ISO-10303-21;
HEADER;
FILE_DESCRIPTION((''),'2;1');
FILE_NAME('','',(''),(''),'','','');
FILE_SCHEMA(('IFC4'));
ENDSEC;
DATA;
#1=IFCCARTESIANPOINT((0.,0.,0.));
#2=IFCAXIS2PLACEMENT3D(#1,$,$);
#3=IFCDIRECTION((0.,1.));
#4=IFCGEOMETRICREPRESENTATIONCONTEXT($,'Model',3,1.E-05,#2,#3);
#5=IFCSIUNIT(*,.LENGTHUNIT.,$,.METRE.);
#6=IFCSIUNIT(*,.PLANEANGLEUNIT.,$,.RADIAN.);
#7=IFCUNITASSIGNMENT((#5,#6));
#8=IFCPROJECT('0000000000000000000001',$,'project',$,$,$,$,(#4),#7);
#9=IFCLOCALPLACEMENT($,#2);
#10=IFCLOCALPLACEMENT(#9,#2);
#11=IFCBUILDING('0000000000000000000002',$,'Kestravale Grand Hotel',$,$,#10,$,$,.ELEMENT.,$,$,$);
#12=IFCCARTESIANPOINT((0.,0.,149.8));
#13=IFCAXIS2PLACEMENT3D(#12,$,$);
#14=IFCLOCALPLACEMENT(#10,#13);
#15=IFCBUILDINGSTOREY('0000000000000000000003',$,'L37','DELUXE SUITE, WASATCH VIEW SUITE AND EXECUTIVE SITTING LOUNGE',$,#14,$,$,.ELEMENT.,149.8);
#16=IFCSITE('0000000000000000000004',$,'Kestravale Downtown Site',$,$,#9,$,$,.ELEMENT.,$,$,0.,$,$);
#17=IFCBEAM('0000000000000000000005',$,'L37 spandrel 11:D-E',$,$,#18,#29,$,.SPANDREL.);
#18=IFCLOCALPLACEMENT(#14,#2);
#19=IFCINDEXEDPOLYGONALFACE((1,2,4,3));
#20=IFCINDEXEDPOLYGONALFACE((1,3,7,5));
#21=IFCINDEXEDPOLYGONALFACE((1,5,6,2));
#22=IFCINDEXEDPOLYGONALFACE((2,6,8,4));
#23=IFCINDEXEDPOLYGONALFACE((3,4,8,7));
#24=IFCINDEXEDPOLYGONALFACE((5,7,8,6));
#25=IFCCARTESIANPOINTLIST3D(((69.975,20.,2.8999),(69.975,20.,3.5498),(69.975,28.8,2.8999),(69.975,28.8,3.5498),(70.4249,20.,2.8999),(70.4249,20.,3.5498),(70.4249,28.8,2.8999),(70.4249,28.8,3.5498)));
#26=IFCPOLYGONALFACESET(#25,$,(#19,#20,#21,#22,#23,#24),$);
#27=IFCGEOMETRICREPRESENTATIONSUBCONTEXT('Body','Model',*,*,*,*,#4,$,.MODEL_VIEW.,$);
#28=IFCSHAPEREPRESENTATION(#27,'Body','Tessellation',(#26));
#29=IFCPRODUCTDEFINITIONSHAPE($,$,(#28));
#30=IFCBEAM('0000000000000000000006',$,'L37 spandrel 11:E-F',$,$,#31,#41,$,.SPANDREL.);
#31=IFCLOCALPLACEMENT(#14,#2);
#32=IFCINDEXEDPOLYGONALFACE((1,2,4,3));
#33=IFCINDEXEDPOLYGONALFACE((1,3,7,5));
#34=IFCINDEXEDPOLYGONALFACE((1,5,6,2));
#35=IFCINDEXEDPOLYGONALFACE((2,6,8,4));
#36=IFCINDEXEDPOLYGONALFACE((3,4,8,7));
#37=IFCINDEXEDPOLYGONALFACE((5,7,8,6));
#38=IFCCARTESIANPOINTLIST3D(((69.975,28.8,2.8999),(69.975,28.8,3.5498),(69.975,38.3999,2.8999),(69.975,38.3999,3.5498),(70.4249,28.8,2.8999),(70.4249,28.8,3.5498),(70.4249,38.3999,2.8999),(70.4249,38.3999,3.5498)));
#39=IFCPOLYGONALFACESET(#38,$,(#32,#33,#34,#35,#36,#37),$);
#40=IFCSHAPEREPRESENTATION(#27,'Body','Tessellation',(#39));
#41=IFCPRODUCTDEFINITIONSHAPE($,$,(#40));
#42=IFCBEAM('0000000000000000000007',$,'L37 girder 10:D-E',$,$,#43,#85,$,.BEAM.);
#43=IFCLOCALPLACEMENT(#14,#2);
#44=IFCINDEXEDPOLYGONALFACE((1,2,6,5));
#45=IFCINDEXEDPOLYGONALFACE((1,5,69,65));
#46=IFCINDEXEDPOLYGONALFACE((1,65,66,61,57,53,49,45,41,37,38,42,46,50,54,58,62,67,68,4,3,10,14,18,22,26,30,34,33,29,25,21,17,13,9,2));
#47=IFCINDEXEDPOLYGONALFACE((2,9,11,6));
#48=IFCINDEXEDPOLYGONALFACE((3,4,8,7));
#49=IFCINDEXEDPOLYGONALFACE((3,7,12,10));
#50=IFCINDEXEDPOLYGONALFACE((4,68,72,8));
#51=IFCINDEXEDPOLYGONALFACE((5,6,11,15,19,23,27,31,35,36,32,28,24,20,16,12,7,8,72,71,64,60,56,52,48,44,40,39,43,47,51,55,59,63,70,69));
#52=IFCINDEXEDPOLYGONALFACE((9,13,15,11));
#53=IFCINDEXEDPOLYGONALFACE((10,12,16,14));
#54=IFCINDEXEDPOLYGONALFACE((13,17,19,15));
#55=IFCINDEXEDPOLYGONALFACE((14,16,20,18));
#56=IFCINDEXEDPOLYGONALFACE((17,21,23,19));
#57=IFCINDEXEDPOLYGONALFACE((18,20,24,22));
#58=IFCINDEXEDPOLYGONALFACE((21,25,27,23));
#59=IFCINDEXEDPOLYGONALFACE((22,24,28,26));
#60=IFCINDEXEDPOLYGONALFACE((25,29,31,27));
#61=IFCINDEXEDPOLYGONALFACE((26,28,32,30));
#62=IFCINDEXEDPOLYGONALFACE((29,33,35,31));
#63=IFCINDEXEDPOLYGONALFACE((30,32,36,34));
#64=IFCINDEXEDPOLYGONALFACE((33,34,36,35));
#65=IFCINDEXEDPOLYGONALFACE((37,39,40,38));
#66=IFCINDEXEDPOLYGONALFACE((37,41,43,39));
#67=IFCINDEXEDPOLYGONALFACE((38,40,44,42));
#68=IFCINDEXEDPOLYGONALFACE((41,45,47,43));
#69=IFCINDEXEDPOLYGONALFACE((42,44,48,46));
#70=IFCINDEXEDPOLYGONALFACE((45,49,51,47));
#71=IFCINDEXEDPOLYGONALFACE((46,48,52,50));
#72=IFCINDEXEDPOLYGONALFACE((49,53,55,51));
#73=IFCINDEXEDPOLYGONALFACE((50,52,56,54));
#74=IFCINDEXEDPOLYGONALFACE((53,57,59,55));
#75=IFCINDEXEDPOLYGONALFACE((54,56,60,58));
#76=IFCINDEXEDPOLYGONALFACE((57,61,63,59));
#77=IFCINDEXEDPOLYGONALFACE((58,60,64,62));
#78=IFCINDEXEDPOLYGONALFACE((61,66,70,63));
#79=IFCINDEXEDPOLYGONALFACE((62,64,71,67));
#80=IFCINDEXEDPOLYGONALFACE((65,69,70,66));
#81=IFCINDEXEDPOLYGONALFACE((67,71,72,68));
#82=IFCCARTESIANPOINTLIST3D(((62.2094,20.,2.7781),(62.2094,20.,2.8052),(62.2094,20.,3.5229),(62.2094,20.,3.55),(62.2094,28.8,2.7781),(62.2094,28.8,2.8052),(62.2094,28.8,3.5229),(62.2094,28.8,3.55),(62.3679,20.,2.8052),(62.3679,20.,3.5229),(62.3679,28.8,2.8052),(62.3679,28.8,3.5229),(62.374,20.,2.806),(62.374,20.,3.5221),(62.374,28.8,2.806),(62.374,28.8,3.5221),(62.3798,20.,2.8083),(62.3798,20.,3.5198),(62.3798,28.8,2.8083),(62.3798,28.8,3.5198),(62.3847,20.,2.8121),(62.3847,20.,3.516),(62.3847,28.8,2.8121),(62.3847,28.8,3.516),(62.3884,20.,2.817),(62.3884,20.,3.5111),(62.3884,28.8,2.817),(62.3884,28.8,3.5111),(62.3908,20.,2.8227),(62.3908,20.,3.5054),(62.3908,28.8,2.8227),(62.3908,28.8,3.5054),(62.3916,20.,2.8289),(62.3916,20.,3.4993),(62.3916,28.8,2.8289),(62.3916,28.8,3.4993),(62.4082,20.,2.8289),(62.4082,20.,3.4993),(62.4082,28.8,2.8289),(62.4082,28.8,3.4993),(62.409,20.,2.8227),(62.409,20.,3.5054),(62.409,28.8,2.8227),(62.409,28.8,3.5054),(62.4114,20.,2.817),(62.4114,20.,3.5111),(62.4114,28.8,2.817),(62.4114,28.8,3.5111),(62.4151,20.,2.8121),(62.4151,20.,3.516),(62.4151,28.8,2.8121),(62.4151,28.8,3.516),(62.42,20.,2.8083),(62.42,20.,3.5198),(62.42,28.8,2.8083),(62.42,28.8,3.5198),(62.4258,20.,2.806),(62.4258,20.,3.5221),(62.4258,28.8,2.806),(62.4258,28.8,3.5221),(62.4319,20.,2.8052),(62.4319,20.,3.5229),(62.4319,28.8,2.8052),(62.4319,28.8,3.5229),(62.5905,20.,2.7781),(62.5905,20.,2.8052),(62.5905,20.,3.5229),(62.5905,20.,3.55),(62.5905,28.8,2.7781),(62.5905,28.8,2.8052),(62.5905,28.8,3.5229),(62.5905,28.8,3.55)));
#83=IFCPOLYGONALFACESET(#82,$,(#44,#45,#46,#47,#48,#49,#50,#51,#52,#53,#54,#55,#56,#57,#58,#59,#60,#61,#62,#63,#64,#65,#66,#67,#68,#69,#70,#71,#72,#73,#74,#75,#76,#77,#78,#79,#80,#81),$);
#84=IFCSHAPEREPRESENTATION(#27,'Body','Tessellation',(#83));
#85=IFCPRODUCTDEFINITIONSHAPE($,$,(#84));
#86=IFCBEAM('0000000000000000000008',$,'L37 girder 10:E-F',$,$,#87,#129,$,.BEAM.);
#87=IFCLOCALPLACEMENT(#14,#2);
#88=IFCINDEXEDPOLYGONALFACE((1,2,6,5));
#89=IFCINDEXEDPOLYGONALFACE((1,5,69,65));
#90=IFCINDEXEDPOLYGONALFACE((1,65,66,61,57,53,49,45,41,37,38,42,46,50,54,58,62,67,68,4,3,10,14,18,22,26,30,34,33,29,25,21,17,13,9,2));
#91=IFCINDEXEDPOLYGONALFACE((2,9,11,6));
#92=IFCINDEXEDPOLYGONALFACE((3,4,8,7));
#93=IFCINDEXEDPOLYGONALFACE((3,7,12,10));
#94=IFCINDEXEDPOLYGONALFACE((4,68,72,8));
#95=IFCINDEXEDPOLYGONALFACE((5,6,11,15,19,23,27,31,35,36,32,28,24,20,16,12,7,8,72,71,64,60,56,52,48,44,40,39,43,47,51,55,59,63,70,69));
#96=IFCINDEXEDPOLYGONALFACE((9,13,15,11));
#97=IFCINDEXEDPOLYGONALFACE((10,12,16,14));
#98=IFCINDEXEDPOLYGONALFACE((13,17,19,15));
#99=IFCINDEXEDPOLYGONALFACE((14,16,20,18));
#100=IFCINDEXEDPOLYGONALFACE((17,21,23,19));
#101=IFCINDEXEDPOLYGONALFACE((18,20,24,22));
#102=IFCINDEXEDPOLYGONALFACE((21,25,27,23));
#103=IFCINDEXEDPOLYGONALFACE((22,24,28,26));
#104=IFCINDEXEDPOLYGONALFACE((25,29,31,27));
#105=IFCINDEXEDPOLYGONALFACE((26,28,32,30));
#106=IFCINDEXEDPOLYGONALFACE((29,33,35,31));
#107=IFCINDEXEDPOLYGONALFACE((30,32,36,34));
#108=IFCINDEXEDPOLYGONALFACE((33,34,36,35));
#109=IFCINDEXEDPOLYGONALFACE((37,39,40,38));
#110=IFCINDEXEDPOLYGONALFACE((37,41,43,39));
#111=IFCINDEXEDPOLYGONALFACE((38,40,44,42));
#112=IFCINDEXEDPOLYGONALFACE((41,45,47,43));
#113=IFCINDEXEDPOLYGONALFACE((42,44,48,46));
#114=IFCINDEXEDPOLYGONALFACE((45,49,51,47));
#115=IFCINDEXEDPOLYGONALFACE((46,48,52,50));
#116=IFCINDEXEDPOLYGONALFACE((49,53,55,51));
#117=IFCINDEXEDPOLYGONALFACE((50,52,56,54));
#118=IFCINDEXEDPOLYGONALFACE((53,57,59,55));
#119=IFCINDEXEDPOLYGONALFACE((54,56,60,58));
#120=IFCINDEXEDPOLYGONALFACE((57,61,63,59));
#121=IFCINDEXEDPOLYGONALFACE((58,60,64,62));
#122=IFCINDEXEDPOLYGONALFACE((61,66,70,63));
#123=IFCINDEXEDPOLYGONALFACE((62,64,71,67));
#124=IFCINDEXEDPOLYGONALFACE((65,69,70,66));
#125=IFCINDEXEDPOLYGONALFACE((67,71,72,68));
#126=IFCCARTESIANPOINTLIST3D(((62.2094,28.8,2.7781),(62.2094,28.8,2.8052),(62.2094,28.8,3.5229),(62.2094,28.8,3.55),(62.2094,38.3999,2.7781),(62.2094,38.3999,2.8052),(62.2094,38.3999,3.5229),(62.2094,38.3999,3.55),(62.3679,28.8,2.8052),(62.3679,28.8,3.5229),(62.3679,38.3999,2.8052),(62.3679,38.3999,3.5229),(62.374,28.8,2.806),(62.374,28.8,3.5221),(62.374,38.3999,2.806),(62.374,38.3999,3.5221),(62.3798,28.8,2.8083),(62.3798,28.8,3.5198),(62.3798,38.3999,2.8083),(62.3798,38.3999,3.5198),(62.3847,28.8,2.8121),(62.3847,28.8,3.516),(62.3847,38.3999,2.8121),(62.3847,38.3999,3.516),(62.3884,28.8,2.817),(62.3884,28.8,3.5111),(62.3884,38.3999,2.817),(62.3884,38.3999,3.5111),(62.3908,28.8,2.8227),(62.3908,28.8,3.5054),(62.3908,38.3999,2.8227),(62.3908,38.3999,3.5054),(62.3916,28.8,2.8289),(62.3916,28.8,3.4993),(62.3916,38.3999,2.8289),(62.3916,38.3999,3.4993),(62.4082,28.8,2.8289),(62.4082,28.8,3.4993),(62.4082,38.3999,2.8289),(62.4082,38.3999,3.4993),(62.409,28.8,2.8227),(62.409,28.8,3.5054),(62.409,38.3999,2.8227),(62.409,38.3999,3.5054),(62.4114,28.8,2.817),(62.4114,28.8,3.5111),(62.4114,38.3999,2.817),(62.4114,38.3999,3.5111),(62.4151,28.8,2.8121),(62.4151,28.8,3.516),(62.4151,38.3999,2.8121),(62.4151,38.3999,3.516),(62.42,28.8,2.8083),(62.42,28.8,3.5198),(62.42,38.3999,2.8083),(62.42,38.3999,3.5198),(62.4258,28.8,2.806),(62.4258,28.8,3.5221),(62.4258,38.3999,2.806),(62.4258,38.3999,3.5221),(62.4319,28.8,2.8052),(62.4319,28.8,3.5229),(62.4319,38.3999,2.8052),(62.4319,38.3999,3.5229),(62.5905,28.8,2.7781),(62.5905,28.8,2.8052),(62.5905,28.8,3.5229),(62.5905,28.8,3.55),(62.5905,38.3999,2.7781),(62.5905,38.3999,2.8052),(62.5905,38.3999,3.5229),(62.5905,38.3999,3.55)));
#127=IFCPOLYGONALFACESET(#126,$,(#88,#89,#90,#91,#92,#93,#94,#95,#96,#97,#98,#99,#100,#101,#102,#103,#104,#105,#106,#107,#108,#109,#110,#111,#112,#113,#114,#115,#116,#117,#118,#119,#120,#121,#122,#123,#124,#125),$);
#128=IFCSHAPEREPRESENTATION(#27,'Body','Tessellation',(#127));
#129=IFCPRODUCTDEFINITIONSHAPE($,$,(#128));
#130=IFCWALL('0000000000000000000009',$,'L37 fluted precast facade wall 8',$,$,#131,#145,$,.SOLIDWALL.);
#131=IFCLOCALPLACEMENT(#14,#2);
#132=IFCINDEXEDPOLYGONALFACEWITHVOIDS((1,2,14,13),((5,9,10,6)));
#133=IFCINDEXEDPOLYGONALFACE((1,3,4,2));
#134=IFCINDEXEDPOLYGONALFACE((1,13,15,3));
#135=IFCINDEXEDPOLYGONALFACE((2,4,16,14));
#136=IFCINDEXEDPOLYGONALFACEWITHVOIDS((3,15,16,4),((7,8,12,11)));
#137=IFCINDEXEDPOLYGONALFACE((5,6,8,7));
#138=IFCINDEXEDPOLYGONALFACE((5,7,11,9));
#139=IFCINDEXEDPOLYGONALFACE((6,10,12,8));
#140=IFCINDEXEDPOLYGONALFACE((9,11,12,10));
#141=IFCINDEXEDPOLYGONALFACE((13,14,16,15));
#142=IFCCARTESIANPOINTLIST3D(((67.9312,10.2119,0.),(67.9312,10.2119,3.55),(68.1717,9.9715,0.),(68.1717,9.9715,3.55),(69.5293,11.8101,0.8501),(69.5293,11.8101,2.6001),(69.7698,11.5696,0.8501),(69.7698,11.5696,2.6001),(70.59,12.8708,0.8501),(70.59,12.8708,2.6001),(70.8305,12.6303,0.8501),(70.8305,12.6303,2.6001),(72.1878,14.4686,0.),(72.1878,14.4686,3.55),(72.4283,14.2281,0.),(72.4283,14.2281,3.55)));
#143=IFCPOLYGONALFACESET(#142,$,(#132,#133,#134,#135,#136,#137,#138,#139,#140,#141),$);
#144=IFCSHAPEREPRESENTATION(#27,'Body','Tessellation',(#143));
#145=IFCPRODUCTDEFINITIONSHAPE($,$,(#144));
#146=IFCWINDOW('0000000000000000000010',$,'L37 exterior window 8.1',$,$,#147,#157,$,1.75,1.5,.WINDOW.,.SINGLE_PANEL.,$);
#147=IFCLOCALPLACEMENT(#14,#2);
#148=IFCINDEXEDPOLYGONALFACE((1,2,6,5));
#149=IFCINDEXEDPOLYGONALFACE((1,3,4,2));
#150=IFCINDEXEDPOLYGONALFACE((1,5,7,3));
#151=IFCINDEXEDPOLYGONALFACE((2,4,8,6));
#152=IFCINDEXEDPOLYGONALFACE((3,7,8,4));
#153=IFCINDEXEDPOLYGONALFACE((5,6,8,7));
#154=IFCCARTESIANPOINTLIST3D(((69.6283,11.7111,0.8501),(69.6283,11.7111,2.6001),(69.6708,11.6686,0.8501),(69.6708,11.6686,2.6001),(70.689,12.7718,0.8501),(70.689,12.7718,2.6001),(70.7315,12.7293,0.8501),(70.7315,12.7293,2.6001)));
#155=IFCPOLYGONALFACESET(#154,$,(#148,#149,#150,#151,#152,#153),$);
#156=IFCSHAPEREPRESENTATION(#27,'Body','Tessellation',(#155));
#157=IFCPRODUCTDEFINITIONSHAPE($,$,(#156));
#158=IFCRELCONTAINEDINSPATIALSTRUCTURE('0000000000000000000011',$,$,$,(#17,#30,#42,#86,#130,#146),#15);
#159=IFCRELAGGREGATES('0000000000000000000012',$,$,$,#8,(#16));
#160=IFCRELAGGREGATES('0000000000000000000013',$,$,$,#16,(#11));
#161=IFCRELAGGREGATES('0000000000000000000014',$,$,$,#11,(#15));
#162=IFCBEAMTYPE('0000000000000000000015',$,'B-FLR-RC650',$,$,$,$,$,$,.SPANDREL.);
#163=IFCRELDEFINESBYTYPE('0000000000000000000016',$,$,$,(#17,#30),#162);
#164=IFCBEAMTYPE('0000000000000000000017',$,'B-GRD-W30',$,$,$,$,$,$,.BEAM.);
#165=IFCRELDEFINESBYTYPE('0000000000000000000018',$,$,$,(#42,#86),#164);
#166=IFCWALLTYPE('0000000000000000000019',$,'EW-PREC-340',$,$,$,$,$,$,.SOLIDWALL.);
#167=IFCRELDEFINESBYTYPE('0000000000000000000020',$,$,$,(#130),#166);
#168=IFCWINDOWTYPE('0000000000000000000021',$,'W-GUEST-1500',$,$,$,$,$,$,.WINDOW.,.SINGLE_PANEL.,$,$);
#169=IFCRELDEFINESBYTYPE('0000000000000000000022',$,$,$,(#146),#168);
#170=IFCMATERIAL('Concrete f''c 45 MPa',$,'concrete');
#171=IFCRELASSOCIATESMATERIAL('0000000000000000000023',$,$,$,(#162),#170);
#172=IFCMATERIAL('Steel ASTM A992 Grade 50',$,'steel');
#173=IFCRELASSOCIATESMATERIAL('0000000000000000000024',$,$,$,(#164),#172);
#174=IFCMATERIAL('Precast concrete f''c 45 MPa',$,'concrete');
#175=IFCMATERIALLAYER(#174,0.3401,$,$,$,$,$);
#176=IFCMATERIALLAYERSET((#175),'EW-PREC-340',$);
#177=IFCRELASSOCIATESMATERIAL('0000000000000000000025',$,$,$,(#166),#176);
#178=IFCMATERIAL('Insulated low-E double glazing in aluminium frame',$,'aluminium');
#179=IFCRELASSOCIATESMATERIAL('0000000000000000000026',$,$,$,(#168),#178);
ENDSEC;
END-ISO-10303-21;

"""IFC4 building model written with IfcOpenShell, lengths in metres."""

from ifc_helpers import new_model, si_unit, direction, frame, frame_2d, origin, origin_2d, place, context, subcontext, project, spatial, rectangle, i_section, extrude, material, layer, layer_set, material_profile, profile_set, type_object, element, fill, save


model = new_model("IFC4")

# Units and contexts
model_context = context("Model", 3, precision=1e-05, world=origin(), true_north=direction((0.0, 1.0)))
body_context = subcontext(model_context, "Body", "Model", "MODEL_VIEW")
ifc_project = project(units=[si_unit("LENGTHUNIT", "METRE"), si_unit("PLANEANGLEUNIT", "RADIAN")], contexts=[model_context])

# Site, building, storey
site_placement = place(None, origin())
site = spatial("IfcSite", under=ifc_project, at=site_placement, Name="Kestravale Downtown Site", CompositionType="ELEMENT", RefElevation=0.0)
building_placement = place(site_placement, origin())
building = spatial("IfcBuilding", under=site, at=building_placement, Name="Kestravale Grand Hotel", CompositionType="ELEMENT")
storey_placement = place(building_placement, frame((0.0, 0.0, 149.8)))
storey = spatial("IfcBuildingStorey", under=building, at=storey_placement, Name="L37", Description="DELUXE SUITE, WASATCH VIEW SUITE AND EXECUTIVE SITTING LOUNGE", CompositionType="ELEMENT", Elevation=149.8)

# Beams
ifc_material_1 = material(Name="Concrete f'c 45 MPa", Category="concrete")
ifc_material_profile_1 = material_profile(ifc_material_1, rectangle(XDim=0.45, YDim=0.6499, at=origin_2d()))
ifc_profile_set_1 = profile_set([ifc_material_profile_1], Name="Concrete f'c 45 MPa")
beam_type_1 = type_object("IfcBeamType", Name="B-FLR-RC650", PredefinedType="SPANDREL", material=ifc_profile_set_1)
for number, where, z_axis, x_axis, name in (
    (1, (70.2, 20.0, 3.2249), (0.0, 1.0, 0.0), (-1.0, 0.0, 0.0), "L37 spandrel 11:D-E"),
):
    element("IfcBeam", number, at=place(storey_placement, frame(where, z_axis=z_axis, x_axis=x_axis)), inside=storey, type_object=beam_type_1, Name=name, PredefinedType="SPANDREL", context=body_context, shape_type="SweptSolid", body=[
        extrude(rectangle(XDim=0.45, YDim=0.6499, at=origin_2d()), origin(), (0.0, 0.0, 1.0), 8.8),
    ])
beam_1_placement = place(storey_placement, frame((70.2, 28.8, 3.2249), z_axis=(0.0, 1.0, 0.0), x_axis=(-1.0, 0.0, 0.0)))
element("IfcBeam", 2, at=beam_1_placement, inside=storey, type_object=beam_type_1, Name="L37 spandrel 11:E-F", PredefinedType="SPANDREL", context=body_context, shape_type="SweptSolid", body=[
    extrude(rectangle(XDim=0.45, YDim=0.6499, at=origin_2d()), origin(), (0.0, 0.0, 1.0), 9.5999),
])
ifc_material_2 = material(Name="Steel ASTM A992 Grade 50", Category="steel")
ifc_material_profile_2 = material_profile(ifc_material_2, i_section(OverallWidth=0.3811, OverallDepth=0.772, WebThickness=0.0166, FlangeThickness=0.0271, FilletRadius=0.0237, at=origin_2d()))
ifc_profile_set_2 = profile_set([ifc_material_profile_2], Name="Steel ASTM A992 Grade 50")
beam_type_2 = type_object("IfcBeamType", Name="B-GRD-W30", PredefinedType="BEAM", material=ifc_profile_set_2)
beam_2_placement = place(storey_placement, frame((62.3999, 20.0, 3.1641), z_axis=(0.0, 1.0, 0.0), x_axis=(-1.0, 0.0, 0.0)))
element("IfcBeam", 3, at=beam_2_placement, inside=storey, type_object=beam_type_2, Name="L37 girder 10:D-E", PredefinedType="BEAM", context=body_context, shape_type="SweptSolid", body=[
    extrude(i_section(OverallWidth=0.3811, OverallDepth=0.772, WebThickness=0.0166, FlangeThickness=0.0271, FilletRadius=0.0237, at=origin_2d()), origin(), (0.0, 0.0, 1.0), 8.8),
])
beam_3_placement = place(storey_placement, frame((62.3999, 28.8, 3.1641), z_axis=(0.0, 1.0, 0.0), x_axis=(-1.0, 0.0, 0.0)))
element("IfcBeam", 4, at=beam_3_placement, inside=storey, type_object=beam_type_2, Name="L37 girder 10:E-F", PredefinedType="BEAM", context=body_context, shape_type="SweptSolid", body=[
    extrude(i_section(OverallWidth=0.3811, OverallDepth=0.772, WebThickness=0.0166, FlangeThickness=0.0271, FilletRadius=0.0237, at=origin_2d()), origin(), (0.0, 0.0, 1.0), 9.5999),
])

# Wall, opening, window
ifc_material_3 = material(Name="Precast concrete f'c 45 MPa", Category="concrete")
ifc_layer_1 = layer(ifc_material_3, 0.3401)
ifc_layer_set_1 = layer_set([ifc_layer_1], Name="EW-PREC-340")
wall_type_1 = type_object("IfcWallType", Name="EW-PREC-340", PredefinedType="SOLIDWALL", material=ifc_layer_set_1)
wall_1_placement = place(storey_placement, frame((68.0515, 10.0918, 0.0), z_axis=(0.0, 0.0, 1.0), x_axis=(0.707107, 0.707107, 0.0)))
wall_1 = element("IfcWall", 5, at=wall_1_placement, inside=storey, type_object=wall_type_1, Name="L37 fluted precast facade wall 8", PredefinedType="SOLIDWALL", context=body_context, shape_type="SweptSolid", body=[
    extrude(rectangle(XDim=6.0198, YDim=0.3401, at=frame_2d((3.0098, 0.0))), origin(), (0.0, 0.0, 1.0), 3.55),
])
opening_1_placement = place(wall_1_placement, frame((2.26, 0.0, 0.8501)))
opening_1 = element("IfcOpeningElement", 6, at=opening_1_placement, cuts=wall_1, PredefinedType="OPENING", context=body_context, shape_type="SweptSolid", body=[
    extrude(rectangle(XDim=1.5, YDim=1.75, at=frame_2d((0.75, 0.875))), frame((0.0, 0.1799, 0.0), z_axis=(0.0, -1.0, 0.0), x_axis=(1.0, 0.0, 0.0)), (0.0, 0.0, 1.0), 0.3601),
])
ifc_material_4 = material(Name="Insulated low-E double glazing in aluminium frame", Category="aluminium")
window_type = type_object("IfcWindowType", Name="W-GUEST-1500", PartitioningType="SINGLE_PANEL", PredefinedType="WINDOW", material=ifc_material_4)
window_1_placement = place(opening_1_placement, origin())
window_1 = element("IfcWindow", 7, at=window_1_placement, inside=storey, type_object=window_type, Name="L37 exterior window 8.1", OverallHeight=1.75, OverallWidth=1.5, PartitioningType="SINGLE_PANEL", PredefinedType="WINDOW", context=body_context, shape_type="SweptSolid", body=[
    extrude(rectangle(XDim=1.5, YDim=1.75, at=frame_2d((0.75, 0.875))), frame((0.0, 0.03, 0.0), z_axis=(0.0, -1.0, 0.0), x_axis=(1.0, 0.0, 0.0)), (0.0, 0.0, 1.0), 0.0601),
])
fill(opening_1, window_1)

save(model, "model.ifc")
